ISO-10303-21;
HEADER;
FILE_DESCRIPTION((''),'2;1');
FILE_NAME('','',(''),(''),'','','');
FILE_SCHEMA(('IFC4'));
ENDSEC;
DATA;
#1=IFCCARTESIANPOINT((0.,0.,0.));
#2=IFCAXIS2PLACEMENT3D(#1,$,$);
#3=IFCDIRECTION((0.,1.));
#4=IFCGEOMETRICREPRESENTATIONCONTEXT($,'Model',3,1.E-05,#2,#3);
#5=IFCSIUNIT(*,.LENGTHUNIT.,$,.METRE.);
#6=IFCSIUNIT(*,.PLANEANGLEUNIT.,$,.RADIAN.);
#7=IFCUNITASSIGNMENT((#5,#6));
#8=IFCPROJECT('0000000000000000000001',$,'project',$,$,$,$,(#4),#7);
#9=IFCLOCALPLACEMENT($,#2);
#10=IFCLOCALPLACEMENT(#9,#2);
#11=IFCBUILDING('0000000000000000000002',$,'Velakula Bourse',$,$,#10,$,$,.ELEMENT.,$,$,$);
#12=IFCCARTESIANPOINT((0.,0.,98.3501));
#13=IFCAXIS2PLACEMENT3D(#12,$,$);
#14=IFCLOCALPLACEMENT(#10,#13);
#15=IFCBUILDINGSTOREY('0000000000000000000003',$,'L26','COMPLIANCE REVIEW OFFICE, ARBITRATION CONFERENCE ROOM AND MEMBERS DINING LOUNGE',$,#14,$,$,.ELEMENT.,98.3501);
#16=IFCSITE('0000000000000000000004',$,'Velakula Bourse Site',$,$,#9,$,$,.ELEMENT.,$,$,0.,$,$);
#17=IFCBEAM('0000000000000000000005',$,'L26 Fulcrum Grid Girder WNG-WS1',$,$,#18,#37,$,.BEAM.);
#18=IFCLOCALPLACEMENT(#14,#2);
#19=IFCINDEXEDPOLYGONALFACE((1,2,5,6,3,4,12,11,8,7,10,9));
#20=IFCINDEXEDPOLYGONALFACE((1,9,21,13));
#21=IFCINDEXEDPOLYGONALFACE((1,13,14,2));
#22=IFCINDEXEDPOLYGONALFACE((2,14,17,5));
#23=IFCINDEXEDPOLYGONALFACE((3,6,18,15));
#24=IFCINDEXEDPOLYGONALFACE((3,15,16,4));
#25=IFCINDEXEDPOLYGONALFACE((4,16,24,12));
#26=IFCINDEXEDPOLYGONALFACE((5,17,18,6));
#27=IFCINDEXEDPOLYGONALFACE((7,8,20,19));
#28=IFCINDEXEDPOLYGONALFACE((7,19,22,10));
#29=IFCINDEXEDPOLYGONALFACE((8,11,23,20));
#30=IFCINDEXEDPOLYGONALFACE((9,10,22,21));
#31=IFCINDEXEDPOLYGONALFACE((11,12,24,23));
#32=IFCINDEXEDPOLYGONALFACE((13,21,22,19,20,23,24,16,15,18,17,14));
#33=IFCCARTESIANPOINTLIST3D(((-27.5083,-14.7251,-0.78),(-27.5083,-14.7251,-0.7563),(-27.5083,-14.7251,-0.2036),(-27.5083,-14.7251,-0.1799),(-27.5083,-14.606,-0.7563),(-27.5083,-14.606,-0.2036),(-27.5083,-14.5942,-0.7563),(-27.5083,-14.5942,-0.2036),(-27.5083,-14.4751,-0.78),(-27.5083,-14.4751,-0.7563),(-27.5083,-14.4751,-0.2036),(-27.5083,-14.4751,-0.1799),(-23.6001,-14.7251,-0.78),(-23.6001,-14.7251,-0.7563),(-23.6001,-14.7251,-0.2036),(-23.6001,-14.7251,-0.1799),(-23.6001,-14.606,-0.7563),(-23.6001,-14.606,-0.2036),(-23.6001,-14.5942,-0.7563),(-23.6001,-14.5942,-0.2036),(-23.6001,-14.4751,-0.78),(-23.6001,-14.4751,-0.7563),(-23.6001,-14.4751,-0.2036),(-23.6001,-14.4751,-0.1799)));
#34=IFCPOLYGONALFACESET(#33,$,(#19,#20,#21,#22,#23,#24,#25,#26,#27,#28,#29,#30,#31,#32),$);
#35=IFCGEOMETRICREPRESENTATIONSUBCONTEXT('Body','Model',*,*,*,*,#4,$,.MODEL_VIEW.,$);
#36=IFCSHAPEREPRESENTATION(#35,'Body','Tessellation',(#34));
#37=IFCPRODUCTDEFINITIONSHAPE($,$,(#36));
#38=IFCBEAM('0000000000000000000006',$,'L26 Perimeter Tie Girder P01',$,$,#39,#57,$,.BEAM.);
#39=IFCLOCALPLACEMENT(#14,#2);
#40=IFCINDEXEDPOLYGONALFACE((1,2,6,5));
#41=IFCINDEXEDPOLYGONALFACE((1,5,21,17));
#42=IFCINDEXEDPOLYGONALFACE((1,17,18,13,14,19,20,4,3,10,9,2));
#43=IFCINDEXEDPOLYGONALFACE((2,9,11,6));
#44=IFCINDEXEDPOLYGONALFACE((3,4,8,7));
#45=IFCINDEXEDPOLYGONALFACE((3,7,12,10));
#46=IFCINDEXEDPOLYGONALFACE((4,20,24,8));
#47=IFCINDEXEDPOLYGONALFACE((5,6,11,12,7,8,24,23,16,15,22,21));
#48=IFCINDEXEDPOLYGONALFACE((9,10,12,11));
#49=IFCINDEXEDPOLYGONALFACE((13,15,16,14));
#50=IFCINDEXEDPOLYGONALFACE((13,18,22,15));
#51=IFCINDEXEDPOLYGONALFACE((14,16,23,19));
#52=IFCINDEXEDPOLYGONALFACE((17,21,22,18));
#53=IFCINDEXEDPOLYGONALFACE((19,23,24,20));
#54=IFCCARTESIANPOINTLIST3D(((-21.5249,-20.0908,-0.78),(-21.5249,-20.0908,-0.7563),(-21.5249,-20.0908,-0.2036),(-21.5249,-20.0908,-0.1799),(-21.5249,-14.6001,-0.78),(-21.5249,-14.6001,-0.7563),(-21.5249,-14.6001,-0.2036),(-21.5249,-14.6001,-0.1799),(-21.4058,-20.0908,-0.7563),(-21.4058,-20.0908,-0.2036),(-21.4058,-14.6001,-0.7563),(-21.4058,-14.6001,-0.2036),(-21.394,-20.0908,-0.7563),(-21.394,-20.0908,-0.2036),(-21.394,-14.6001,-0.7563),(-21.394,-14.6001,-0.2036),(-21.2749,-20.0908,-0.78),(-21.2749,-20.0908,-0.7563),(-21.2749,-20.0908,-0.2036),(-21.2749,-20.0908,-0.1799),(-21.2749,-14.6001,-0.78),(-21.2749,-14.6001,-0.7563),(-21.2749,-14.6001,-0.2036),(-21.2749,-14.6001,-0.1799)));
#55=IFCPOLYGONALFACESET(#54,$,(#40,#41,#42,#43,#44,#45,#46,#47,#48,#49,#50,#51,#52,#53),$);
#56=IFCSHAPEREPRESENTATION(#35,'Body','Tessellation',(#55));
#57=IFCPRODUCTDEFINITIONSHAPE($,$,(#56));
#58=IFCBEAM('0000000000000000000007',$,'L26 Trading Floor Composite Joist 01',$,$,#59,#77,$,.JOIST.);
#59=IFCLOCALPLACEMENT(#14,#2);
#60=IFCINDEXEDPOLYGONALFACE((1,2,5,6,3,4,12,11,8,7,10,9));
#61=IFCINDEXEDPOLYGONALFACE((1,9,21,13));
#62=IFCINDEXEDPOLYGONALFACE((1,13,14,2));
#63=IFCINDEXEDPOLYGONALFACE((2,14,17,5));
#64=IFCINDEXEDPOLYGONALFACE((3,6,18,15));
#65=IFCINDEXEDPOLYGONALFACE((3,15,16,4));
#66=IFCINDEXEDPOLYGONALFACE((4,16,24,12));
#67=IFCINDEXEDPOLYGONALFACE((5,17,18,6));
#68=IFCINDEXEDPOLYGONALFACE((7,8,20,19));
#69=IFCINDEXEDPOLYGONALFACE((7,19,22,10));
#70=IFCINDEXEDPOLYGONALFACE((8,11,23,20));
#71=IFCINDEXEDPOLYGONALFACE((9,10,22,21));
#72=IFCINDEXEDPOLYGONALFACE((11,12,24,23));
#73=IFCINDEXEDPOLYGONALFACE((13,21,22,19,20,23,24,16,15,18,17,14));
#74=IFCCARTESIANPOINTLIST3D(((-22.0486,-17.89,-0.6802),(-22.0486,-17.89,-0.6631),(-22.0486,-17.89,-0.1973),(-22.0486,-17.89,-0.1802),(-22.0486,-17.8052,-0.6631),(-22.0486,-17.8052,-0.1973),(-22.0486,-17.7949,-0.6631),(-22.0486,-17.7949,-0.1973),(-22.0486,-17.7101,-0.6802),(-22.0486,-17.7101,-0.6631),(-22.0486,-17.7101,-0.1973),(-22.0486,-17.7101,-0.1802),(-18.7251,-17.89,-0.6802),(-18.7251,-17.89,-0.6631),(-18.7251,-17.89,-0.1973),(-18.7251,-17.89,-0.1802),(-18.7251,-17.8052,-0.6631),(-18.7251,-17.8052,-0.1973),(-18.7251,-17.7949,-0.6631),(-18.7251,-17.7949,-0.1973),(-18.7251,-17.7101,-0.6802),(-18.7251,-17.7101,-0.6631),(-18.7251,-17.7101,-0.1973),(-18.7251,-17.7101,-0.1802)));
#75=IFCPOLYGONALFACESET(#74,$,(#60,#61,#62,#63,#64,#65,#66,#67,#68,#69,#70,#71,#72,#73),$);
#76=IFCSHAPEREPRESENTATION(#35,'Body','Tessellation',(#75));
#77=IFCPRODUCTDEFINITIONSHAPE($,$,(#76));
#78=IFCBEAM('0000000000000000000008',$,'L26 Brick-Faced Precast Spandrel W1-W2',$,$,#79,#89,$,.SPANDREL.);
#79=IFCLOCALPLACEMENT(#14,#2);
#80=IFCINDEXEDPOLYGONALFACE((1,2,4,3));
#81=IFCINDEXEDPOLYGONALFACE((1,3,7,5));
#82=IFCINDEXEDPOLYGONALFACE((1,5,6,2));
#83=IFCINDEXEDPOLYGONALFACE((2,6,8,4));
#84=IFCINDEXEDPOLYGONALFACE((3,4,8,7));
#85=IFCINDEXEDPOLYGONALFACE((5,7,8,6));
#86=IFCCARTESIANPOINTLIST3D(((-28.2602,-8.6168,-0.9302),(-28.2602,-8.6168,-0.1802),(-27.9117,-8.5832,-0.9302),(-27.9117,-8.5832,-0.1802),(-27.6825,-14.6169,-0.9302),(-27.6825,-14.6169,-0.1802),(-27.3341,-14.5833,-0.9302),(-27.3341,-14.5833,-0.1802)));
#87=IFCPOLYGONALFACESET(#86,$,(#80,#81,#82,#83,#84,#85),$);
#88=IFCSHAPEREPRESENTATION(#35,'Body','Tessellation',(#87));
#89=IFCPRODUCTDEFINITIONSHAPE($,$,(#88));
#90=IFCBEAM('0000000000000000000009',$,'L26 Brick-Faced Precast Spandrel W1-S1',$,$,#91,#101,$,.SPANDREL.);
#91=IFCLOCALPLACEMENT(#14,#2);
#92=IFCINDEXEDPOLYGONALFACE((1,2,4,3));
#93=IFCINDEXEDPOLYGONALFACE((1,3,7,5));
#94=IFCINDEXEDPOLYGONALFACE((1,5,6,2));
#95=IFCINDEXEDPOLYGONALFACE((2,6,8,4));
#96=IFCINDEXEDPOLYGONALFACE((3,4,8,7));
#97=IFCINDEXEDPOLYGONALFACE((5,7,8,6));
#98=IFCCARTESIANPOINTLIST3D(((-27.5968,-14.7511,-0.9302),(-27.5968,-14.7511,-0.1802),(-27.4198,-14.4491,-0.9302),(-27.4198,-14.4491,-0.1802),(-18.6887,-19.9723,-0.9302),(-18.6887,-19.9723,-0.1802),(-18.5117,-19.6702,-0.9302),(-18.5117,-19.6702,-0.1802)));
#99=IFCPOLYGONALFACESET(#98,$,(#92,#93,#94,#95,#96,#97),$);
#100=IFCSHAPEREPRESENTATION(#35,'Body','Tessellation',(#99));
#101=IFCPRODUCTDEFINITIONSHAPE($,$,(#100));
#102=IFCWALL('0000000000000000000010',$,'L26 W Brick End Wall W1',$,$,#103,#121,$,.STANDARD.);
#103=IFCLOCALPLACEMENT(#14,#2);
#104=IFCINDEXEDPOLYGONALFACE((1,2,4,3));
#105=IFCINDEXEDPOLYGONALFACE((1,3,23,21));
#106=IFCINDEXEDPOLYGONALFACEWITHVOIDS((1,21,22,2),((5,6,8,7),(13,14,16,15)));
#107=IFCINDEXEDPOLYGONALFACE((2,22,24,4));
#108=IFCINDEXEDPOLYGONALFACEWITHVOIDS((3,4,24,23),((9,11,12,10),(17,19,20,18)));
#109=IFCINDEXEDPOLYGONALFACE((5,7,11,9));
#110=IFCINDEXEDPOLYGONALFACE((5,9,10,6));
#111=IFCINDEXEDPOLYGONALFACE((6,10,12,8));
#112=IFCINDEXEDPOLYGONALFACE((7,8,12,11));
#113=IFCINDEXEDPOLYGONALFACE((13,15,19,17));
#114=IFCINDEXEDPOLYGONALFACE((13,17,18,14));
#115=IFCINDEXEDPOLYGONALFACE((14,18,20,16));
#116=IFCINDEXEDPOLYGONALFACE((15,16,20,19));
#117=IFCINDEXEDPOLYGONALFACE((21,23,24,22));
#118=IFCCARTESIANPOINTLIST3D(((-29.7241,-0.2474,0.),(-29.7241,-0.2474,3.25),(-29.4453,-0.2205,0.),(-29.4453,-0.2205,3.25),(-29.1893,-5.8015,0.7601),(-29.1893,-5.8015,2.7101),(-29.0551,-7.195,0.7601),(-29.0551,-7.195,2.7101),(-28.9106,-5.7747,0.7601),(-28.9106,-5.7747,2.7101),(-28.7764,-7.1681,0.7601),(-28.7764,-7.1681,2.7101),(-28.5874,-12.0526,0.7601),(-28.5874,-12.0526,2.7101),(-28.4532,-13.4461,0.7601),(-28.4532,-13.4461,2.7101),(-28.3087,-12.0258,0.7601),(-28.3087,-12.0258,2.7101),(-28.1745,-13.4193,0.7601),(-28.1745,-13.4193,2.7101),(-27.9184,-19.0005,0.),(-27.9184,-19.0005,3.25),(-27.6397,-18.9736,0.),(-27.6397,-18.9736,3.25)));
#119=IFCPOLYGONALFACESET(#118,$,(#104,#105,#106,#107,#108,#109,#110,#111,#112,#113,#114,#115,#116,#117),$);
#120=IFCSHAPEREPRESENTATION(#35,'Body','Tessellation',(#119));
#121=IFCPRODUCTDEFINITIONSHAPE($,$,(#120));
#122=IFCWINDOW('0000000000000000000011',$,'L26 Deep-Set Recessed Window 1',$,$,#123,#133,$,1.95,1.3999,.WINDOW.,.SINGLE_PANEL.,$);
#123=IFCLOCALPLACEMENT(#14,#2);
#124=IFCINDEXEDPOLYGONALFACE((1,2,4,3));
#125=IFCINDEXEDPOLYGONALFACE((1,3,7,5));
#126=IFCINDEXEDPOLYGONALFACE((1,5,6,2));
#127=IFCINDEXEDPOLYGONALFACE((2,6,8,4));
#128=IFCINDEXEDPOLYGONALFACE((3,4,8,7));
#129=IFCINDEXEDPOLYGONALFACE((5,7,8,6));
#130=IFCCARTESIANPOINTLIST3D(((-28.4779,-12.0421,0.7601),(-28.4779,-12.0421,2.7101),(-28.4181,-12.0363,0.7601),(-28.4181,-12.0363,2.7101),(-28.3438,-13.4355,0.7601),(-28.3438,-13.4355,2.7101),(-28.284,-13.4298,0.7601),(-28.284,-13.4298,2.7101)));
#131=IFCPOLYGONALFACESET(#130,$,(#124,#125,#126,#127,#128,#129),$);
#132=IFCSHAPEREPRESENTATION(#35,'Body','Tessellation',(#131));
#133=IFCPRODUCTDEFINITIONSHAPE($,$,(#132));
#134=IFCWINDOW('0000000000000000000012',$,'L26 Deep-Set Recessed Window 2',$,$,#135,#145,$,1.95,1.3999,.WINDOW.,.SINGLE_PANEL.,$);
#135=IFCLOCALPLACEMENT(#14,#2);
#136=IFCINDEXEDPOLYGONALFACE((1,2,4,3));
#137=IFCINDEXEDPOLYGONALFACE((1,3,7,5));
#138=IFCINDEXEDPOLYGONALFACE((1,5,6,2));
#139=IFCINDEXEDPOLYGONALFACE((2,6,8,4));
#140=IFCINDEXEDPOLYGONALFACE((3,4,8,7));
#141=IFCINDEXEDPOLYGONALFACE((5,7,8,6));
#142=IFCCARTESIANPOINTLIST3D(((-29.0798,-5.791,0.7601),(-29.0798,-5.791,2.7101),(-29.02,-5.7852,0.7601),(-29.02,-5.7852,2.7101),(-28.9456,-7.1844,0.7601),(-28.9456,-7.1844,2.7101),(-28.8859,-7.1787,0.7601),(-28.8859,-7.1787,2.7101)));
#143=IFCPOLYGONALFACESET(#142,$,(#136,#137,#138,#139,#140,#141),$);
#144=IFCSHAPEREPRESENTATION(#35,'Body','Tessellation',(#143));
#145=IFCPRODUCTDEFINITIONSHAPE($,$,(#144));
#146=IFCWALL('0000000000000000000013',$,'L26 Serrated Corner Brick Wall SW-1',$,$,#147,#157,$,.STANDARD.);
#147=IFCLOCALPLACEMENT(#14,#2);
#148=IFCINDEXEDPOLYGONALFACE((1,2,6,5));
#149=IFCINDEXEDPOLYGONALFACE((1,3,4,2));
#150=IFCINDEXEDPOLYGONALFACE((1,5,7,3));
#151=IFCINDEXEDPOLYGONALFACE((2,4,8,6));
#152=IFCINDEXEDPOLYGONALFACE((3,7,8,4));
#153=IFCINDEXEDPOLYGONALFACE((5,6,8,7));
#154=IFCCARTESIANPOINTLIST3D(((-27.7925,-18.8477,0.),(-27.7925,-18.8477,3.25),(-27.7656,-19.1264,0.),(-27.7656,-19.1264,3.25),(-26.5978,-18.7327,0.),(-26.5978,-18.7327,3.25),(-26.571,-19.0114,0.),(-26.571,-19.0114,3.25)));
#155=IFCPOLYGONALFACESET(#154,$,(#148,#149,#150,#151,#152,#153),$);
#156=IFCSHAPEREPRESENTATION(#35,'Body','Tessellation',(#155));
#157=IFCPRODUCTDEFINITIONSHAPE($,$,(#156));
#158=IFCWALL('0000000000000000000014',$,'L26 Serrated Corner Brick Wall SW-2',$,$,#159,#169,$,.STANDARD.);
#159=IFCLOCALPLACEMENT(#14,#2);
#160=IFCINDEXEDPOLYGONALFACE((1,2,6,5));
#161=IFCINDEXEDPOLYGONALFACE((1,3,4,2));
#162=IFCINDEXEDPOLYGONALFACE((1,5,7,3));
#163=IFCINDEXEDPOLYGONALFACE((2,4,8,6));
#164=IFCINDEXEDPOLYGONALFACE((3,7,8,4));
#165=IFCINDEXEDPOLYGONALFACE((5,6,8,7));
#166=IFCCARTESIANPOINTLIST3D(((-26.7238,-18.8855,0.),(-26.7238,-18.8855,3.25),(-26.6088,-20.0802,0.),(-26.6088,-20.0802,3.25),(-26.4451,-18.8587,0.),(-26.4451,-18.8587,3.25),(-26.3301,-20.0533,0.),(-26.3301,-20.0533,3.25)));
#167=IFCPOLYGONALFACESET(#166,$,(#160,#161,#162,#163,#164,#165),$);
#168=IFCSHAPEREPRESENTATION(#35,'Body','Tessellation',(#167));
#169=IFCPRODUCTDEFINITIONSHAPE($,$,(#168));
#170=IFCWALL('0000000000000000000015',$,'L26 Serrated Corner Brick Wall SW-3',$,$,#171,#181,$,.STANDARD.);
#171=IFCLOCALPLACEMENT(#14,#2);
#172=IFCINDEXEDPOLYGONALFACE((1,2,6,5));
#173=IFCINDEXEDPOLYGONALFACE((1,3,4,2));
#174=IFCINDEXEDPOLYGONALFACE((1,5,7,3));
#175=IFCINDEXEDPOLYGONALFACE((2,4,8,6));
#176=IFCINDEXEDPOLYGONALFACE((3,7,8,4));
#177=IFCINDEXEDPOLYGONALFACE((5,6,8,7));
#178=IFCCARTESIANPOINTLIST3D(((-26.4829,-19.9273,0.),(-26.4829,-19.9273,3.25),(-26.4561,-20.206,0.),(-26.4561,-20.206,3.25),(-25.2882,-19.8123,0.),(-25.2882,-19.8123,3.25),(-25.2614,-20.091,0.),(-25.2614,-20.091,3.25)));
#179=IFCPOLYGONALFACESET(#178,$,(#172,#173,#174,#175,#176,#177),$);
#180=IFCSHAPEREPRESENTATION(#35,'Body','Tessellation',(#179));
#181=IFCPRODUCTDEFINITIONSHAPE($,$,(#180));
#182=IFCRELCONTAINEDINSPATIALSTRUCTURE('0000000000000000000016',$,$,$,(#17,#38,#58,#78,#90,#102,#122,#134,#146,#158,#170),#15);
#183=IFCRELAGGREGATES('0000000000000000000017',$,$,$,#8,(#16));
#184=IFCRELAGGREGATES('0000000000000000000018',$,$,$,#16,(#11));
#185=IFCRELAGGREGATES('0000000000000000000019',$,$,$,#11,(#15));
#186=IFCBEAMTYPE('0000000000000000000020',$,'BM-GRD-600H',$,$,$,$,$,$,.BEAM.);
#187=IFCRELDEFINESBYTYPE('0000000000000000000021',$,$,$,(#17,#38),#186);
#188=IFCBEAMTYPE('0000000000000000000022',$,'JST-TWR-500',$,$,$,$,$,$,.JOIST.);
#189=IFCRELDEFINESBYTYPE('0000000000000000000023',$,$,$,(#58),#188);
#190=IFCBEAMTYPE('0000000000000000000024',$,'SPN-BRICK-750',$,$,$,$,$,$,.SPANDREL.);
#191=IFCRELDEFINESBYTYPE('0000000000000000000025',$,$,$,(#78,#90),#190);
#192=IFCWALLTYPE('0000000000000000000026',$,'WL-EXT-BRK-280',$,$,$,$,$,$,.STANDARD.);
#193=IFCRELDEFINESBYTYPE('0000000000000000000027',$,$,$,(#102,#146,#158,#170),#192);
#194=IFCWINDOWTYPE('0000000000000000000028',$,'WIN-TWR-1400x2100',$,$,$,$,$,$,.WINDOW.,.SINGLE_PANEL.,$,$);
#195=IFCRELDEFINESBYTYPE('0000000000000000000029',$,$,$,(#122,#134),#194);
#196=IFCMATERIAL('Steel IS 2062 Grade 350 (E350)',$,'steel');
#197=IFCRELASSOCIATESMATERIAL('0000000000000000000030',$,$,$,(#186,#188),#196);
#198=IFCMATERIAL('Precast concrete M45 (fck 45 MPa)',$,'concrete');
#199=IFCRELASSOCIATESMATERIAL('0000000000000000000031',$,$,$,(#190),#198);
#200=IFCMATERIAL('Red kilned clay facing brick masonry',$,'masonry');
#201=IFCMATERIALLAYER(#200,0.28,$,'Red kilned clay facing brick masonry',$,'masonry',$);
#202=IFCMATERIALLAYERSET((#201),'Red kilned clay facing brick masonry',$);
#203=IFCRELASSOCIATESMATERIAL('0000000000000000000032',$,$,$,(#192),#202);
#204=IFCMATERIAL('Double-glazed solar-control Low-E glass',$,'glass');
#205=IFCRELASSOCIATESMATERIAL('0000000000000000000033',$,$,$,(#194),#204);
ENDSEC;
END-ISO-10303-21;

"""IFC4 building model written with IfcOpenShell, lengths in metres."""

from ifc_helpers import new_model, si_unit, direction, frame, frame_2d, origin, origin_2d, place, context, subcontext, project, spatial, rectangle, i_section, extrude, material, layer, layer_set, material_profile, profile_set, type_object, element, fill, save


model = new_model("IFC4")

# Units and contexts
model_context = context("Model", 3, precision=1e-05, world=origin(), true_north=direction((0.0, 1.0)))
body_context = subcontext(model_context, "Body", "Model", "MODEL_VIEW")
ifc_project = project(units=[si_unit("LENGTHUNIT", "METRE"), si_unit("PLANEANGLEUNIT", "RADIAN")], contexts=[model_context])

# Site, building, storey
site_placement = place(None, origin())
site = spatial("IfcSite", under=ifc_project, at=site_placement, Name="Velakula Bourse Site", CompositionType="ELEMENT", RefElevation=0.0)
building_placement = place(site_placement, origin())
building = spatial("IfcBuilding", under=site, at=building_placement, Name="Velakula Bourse", CompositionType="ELEMENT")
storey_placement = place(building_placement, frame((0.0, 0.0, 98.3501)))
storey = spatial("IfcBuildingStorey", under=building, at=storey_placement, Name="L26", Description="COMPLIANCE REVIEW OFFICE, ARBITRATION CONFERENCE ROOM AND MEMBERS DINING LOUNGE", CompositionType="ELEMENT", Elevation=98.3501)

# Shared definitions
ifc_material_1 = material(Name="Precast concrete M45 (fck 45 MPa)", Category="concrete")

# Beams
ifc_material_2 = material(Name="Steel IS 2062 Grade 350 (E350)", Category="steel")
ifc_material_profile_1 = material_profile(ifc_material_2, i_section(OverallWidth=0.25, OverallDepth=0.6001, WebThickness=0.0117, FlangeThickness=0.0237, at=origin_2d()), Name="Steel IS 2062 Grade 350 (E350)")
ifc_profile_set_1 = profile_set([ifc_material_profile_1], Name="Steel IS 2062 Grade 350 (E350)")
beam_type_1 = type_object("IfcBeamType", Name="BM-GRD-600H", PredefinedType="BEAM", material=ifc_profile_set_1)
beam_1_placement = place(storey_placement, frame((-27.5083, -14.6001, -0.48), z_axis=(1.0, 0.0, 0.0), x_axis=(0.0, 1.0, 0.0)))
element("IfcBeam", 1, at=beam_1_placement, inside=storey, type_object=beam_type_1, Name="L26 Fulcrum Grid Girder WNG-WS1", PredefinedType="BEAM", context=body_context, shape_type="SweptSolid", body=[
    extrude(i_section(OverallWidth=0.25, OverallDepth=0.6001, WebThickness=0.0117, FlangeThickness=0.0237, at=origin_2d()), origin(), (0.0, 0.0, 1.0), 3.9082),
])
beam_2_placement = place(storey_placement, frame((-21.3999, -14.6001, -0.48), z_axis=(0.0, -1.0, 0.0), x_axis=(1.0, 0.0, 0.0)))
element("IfcBeam", 2, at=beam_2_placement, inside=storey, type_object=beam_type_1, Name="L26 Perimeter Tie Girder P01", PredefinedType="BEAM", context=body_context, shape_type="SweptSolid", body=[
    extrude(i_section(OverallWidth=0.25, OverallDepth=0.6001, WebThickness=0.0117, FlangeThickness=0.0237, at=origin_2d()), origin(), (0.0, 0.0, 1.0), 5.4907),
])
ifc_material_profile_2 = material_profile(ifc_material_2, i_section(OverallWidth=0.1799, OverallDepth=0.5, WebThickness=0.0103, FlangeThickness=0.0171, at=origin_2d()), Name="Steel IS 2062 Grade 350 (E350)")
ifc_profile_set_2 = profile_set([ifc_material_profile_2], Name="Steel IS 2062 Grade 350 (E350)")
beam_type_2 = type_object("IfcBeamType", Name="JST-TWR-500", PredefinedType="JOIST", material=ifc_profile_set_2)
beam_3_placement = place(storey_placement, frame((-22.0486, -17.8, -0.4302), z_axis=(1.0, 0.0, 0.0), x_axis=(0.0, 1.0, 0.0)))
element("IfcBeam", 3, at=beam_3_placement, inside=storey, type_object=beam_type_2, Name="L26 Trading Floor Composite Joist 01", PredefinedType="JOIST", context=body_context, shape_type="SweptSolid", body=[
    extrude(i_section(OverallWidth=0.1799, OverallDepth=0.5, WebThickness=0.0103, FlangeThickness=0.0171, at=origin_2d()), origin(), (0.0, 0.0, 1.0), 3.3235),
])
ifc_material_profile_3 = material_profile(ifc_material_1, rectangle(XDim=0.3501, YDim=0.75, at=origin_2d()), Name="Precast concrete M45 (fck 45 MPa)")
ifc_profile_set_3 = profile_set([ifc_material_profile_3], Name="Precast concrete M45 (fck 45 MPa)")
beam_type_3 = type_object("IfcBeamType", Name="SPN-BRICK-750", PredefinedType="SPANDREL", material=ifc_profile_set_3)
beam_4_placement = place(storey_placement, frame((-27.5083, -14.6001, -0.5552), z_axis=(-0.09583, 0.995398, 0.0), x_axis=(-0.995398, -0.09583, 0.0)))
element("IfcBeam", 4, at=beam_4_placement, inside=storey, type_object=beam_type_3, Name="L26 Brick-Faced Precast Spandrel W1-W2", PredefinedType="SPANDREL", context=body_context, shape_type="SweptSolid", body=[
    extrude(rectangle(XDim=0.3501, YDim=0.75, at=origin_2d()), origin(), (0.0, 0.0, 1.0), 6.0278),
])
beam_5_placement = place(storey_placement, frame((-27.5083, -14.6001, -0.5552), z_axis=(0.862734, -0.505658, 0.0), x_axis=(0.505658, 0.862734, 0.0)))
element("IfcBeam", 5, at=beam_5_placement, inside=storey, type_object=beam_type_3, Name="L26 Brick-Faced Precast Spandrel W1-S1", PredefinedType="SPANDREL", context=body_context, shape_type="SweptSolid", body=[
    extrude(rectangle(XDim=0.3501, YDim=0.75, at=origin_2d()), origin(), (0.0, 0.0, 1.0), 10.3254),
])

# Wall, openings, windows
ifc_material_3 = material(Name="Red kilned clay facing brick masonry", Category="masonry")
ifc_layer_1 = layer(ifc_material_3, 0.28, Name="Red kilned clay facing brick masonry", Category="masonry")
ifc_layer_set_1 = layer_set([ifc_layer_1], Name="Red kilned clay facing brick masonry")
wall_type_1 = type_object("IfcWallType", Name="WL-EXT-BRK-280", PredefinedType="STANDARD", material=ifc_layer_set_1)
wall_1_placement = place(storey_placement, frame((-27.7791, -18.9871, 0.0), z_axis=(0.0, 0.0, 1.0), x_axis=(-0.095843, 0.995397, 0.0)))
wall_1 = element("IfcWall", 6, at=wall_1_placement, inside=storey, type_object=wall_type_1, Name="L26 W Brick End Wall W1", PredefinedType="STANDARD", context=body_context, shape_type="SweptSolid", body=[
    extrude(rectangle(XDim=18.8398, YDim=0.28, at=frame_2d((9.4199, 0.0))), origin(), (0.0, 0.0, 1.0), 3.25),
])
opening_1_placement = place(wall_1_placement, frame((5.5801, 0.0, 0.76)))
opening_1 = element("IfcOpeningElement", 7, at=opening_1_placement, cuts=wall_1, PredefinedType="OPENING", context=body_context, shape_type="SweptSolid", body=[
    extrude(rectangle(XDim=1.3999, YDim=1.95, at=frame_2d((0.7, 0.9751))), frame((0.0, 0.1499, 0.0), z_axis=(0.0, -1.0, 0.0), x_axis=(1.0, 0.0, 0.0)), (0.0, 0.0, 1.0), 0.3),
])
opening_2_placement = place(wall_1_placement, frame((11.8601, 0.0, 0.76)))
opening_2 = element("IfcOpeningElement", 8, at=opening_2_placement, cuts=wall_1, PredefinedType="OPENING", context=body_context, shape_type="SweptSolid", body=[
    extrude(rectangle(XDim=1.3999, YDim=1.95, at=frame_2d((0.7, 0.9751))), frame((0.0, 0.1499, 0.0), z_axis=(0.0, -1.0, 0.0), x_axis=(1.0, 0.0, 0.0)), (0.0, 0.0, 1.0), 0.3),
])
ifc_material_4 = material(Name="Double-glazed solar-control Low-E glass", Category="glass")
window_type = type_object("IfcWindowType", Name="WIN-TWR-1400x2100", PartitioningType="SINGLE_PANEL", PredefinedType="WINDOW", material=ifc_material_4)
window_1_placement = place(opening_1_placement, origin())
window_1 = element("IfcWindow", 9, at=window_1_placement, inside=storey, type_object=window_type, Name="L26 Deep-Set Recessed Window 1", OverallHeight=1.95, OverallWidth=1.3999, PartitioningType="SINGLE_PANEL", PredefinedType="WINDOW", context=body_context, shape_type="SweptSolid", body=[
    extrude(rectangle(XDim=1.3999, YDim=1.95, at=frame_2d((0.7, 0.9751))), frame((0.0, 0.03, 0.0), z_axis=(0.0, -1.0, 0.0), x_axis=(1.0, 0.0, 0.0)), (0.0, 0.0, 1.0), 0.0601),
])
fill(opening_1, window_1)
window_2_placement = place(opening_2_placement, origin())
window_2 = element("IfcWindow", 10, at=window_2_placement, inside=storey, type_object=window_type, Name="L26 Deep-Set Recessed Window 2", OverallHeight=1.95, OverallWidth=1.3999, PartitioningType="SINGLE_PANEL", PredefinedType="WINDOW", context=body_context, shape_type="SweptSolid", body=[
    extrude(rectangle(XDim=1.3999, YDim=1.95, at=frame_2d((0.7, 0.9751))), frame((0.0, 0.03, 0.0), z_axis=(0.0, -1.0, 0.0), x_axis=(1.0, 0.0, 0.0)), (0.0, 0.0, 1.0), 0.0601),
])
fill(opening_2, window_2)

# Walls
for number, where, z_axis, x_axis, name in (
    (11, (-27.7791, -18.9871, 0.0), (0.0, 0.0, 1.0), (0.995399, 0.095817, 0.0), "L26 Serrated Corner Brick Wall SW-1"),
    (12, (-26.5845, -18.8721, 0.0), (0.0, 0.0, 1.0), (0.095817, -0.995399, 0.0), "L26 Serrated Corner Brick Wall SW-2"),
    (13, (-26.4695, -20.0667, 0.0), (0.0, 0.0, 1.0), (0.995399, 0.095817, 0.0), "L26 Serrated Corner Brick Wall SW-3"),
):
    element("IfcWall", number, at=place(storey_placement, frame(where, z_axis=z_axis, x_axis=x_axis)), inside=storey, type_object=wall_type_1, Name=name, PredefinedType="STANDARD", context=body_context, shape_type="SweptSolid", body=[
        extrude(rectangle(XDim=1.2002, YDim=0.28, at=frame_2d((0.6001, 0.0))), origin(), (0.0, 0.0, 1.0), 3.25),
    ])

save(model, "model.ifc")
